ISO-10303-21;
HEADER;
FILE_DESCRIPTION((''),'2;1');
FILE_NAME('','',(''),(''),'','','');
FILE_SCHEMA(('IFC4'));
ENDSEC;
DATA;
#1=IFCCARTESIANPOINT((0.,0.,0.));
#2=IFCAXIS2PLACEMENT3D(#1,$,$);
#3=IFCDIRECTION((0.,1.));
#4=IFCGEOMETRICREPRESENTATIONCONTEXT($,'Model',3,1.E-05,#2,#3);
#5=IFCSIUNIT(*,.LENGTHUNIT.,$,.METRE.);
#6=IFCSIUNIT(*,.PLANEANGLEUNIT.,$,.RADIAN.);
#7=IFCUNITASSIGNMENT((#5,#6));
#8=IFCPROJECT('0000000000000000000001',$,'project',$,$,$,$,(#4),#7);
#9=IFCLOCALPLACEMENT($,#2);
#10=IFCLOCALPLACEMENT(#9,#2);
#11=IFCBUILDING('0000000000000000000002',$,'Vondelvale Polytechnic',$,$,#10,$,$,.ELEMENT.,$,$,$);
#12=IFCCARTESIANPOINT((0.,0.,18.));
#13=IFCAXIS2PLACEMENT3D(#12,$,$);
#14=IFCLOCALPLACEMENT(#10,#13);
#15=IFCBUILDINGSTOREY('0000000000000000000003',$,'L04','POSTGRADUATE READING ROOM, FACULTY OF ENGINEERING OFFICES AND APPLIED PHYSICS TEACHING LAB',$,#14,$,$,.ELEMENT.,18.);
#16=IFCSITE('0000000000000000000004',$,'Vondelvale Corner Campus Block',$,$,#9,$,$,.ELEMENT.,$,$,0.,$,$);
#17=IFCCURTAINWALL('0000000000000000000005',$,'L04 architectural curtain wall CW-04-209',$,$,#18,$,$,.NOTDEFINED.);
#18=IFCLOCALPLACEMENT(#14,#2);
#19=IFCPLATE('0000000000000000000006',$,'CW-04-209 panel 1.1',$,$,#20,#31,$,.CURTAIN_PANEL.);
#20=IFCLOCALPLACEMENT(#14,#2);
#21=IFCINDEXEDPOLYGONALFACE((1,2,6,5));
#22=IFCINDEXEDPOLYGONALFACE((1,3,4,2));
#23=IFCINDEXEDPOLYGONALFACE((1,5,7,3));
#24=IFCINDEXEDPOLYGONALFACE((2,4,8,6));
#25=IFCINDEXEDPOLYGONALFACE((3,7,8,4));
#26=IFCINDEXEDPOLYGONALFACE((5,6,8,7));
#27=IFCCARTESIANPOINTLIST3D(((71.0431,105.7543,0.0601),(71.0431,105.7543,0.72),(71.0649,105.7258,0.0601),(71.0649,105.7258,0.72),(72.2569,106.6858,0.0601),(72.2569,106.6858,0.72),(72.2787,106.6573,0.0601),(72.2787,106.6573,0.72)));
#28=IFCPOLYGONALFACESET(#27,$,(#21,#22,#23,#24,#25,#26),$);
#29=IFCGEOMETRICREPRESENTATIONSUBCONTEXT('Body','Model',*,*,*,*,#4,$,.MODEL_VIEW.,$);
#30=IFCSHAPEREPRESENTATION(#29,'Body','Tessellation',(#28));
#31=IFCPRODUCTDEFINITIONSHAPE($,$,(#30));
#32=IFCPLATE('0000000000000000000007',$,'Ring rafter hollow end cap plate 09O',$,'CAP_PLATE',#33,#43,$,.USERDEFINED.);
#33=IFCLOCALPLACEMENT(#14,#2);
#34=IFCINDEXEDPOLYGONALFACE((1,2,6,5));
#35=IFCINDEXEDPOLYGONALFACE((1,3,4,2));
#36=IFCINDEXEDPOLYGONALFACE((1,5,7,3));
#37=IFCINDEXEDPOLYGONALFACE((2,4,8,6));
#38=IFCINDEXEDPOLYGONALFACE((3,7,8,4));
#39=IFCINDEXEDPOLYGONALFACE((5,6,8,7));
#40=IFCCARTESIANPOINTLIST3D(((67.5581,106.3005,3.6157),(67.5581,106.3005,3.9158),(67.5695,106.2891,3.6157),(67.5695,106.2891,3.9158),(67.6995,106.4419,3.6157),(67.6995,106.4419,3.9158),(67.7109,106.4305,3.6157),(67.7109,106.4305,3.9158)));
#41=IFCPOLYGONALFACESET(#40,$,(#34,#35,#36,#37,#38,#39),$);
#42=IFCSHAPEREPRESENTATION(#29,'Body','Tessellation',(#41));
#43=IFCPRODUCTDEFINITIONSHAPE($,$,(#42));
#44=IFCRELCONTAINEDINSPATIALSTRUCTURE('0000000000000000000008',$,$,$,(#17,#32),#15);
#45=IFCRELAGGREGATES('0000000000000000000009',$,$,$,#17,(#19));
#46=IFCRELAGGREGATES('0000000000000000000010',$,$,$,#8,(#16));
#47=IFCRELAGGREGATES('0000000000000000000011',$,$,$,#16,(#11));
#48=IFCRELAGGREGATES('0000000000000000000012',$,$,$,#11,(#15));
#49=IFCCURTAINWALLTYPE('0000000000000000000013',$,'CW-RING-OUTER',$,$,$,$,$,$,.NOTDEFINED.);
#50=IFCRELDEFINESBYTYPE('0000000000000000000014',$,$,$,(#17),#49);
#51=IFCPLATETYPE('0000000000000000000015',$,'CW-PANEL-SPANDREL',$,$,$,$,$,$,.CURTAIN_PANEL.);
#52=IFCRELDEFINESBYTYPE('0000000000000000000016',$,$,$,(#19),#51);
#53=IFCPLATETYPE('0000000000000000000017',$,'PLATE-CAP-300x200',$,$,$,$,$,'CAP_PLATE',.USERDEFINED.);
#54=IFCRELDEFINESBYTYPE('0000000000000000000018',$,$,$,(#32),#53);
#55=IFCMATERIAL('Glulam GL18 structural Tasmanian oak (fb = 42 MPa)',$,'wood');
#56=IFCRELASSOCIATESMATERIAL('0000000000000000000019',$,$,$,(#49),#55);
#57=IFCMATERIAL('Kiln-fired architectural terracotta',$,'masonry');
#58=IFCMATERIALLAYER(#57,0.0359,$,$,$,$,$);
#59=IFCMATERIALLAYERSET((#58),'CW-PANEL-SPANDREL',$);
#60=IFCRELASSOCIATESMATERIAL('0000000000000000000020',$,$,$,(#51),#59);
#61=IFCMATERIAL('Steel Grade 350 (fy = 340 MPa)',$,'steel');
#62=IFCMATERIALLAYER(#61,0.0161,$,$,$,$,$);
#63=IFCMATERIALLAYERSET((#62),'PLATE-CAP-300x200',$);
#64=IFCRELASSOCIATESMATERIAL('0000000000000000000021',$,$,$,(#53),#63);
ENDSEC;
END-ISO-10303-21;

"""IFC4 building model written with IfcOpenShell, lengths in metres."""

from ifc_helpers import new_model, si_unit, direction, frame, origin, origin_2d, place, context, subcontext, project, spatial, rectangle, extrude, material, layer, layer_set, type_object, element, aggregate, save


model = new_model("IFC4")

# Units and contexts
model_context = context("Model", 3, precision=1e-05, world=origin(), true_north=direction((0.0, 1.0)))
body_context = subcontext(model_context, "Body", "Model", "MODEL_VIEW")
ifc_project = project(units=[si_unit("LENGTHUNIT", "METRE"), si_unit("PLANEANGLEUNIT", "RADIAN")], contexts=[model_context])

# Site, building, storey
site_placement = place(None, origin())
site = spatial("IfcSite", under=ifc_project, at=site_placement, Name="Vondelvale Corner Campus Block", CompositionType="ELEMENT", RefElevation=0.0)
building_placement = place(site_placement, origin())
building = spatial("IfcBuilding", under=site, at=building_placement, Name="Vondelvale Polytechnic", CompositionType="ELEMENT")
storey_placement = place(building_placement, frame((0.0, 0.0, 18.0)))
storey = spatial("IfcBuildingStorey", under=building, at=storey_placement, Name="L04", Description="POSTGRADUATE READING ROOM, FACULTY OF ENGINEERING OFFICES AND APPLIED PHYSICS TEACHING LAB", CompositionType="ELEMENT", Elevation=18.0)

# Shared definitions
ifc_material_1 = material(Name="Glulam GL18 structural Tasmanian oak (fb = 42 MPa)", Category="wood")

# Curtain wall
curtain_wall_type = type_object("IfcCurtainWallType", Name="CW-RING-OUTER", PredefinedType="NOTDEFINED", material=ifc_material_1)
curtain_wall_1_placement = place(storey_placement, origin())
curtain_wall_1 = element("IfcCurtainWall", 1, at=curtain_wall_1_placement, inside=storey, type_object=curtain_wall_type, Name="L04 architectural curtain wall CW-04-209", PredefinedType="NOTDEFINED")

# Plates
ifc_material_2 = material(Name="Kiln-fired architectural terracotta", Category="masonry")
ifc_layer_1 = layer(ifc_material_2, 0.0359)
ifc_layer_set_1 = layer_set([ifc_layer_1], Name="CW-PANEL-SPANDREL")
plate_type_1 = type_object("IfcPlateType", Name="CW-PANEL-SPANDREL", PredefinedType="CURTAIN_PANEL", material=ifc_layer_set_1)
plate_1_placement = place(storey_placement, frame((71.6609, 106.2058, 0.0601), z_axis=(0.0, 0.0, 1.0), x_axis=(-0.793334, -0.608787, 0.0)))
plate_1 = element("IfcPlate", 2, at=plate_1_placement, type_object=plate_type_1, Name="CW-04-209 panel 1.1", PredefinedType="CURTAIN_PANEL", context=body_context, shape_type="SweptSolid", body=[
    extrude(rectangle(XDim=1.53, YDim=0.0359, at=origin_2d()), origin(), (0.0, 0.0, 1.0), 0.6599),
])
aggregate(curtain_wall_1, [plate_1])
ifc_material_3 = material(Name="Steel Grade 350 (fy = 340 MPa)", Category="steel")
ifc_layer_2 = layer(ifc_material_3, 0.0161)
ifc_layer_set_2 = layer_set([ifc_layer_2], Name="PLATE-CAP-300x200")
plate_type_2 = type_object("IfcPlateType", Name="PLATE-CAP-300x200", ElementType="CAP_PLATE", PredefinedType="USERDEFINED", material=ifc_layer_set_2)
plate_2_placement = place(storey_placement, frame((67.6345, 106.3655, 3.6157), z_axis=(0.0, 0.0, 1.0), x_axis=(0.707107, -0.707107, 0.0)))
element("IfcPlate", 3, at=plate_2_placement, inside=storey, type_object=plate_type_2, Name="Ring rafter hollow end cap plate 09O", ObjectType="CAP_PLATE", PredefinedType="USERDEFINED", context=body_context, shape_type="SweptSolid", body=[
    extrude(rectangle(XDim=0.0161, YDim=0.2, at=origin_2d()), origin(), (0.0, 0.0, 1.0), 0.3),
])

save(model, "model.ifc")
